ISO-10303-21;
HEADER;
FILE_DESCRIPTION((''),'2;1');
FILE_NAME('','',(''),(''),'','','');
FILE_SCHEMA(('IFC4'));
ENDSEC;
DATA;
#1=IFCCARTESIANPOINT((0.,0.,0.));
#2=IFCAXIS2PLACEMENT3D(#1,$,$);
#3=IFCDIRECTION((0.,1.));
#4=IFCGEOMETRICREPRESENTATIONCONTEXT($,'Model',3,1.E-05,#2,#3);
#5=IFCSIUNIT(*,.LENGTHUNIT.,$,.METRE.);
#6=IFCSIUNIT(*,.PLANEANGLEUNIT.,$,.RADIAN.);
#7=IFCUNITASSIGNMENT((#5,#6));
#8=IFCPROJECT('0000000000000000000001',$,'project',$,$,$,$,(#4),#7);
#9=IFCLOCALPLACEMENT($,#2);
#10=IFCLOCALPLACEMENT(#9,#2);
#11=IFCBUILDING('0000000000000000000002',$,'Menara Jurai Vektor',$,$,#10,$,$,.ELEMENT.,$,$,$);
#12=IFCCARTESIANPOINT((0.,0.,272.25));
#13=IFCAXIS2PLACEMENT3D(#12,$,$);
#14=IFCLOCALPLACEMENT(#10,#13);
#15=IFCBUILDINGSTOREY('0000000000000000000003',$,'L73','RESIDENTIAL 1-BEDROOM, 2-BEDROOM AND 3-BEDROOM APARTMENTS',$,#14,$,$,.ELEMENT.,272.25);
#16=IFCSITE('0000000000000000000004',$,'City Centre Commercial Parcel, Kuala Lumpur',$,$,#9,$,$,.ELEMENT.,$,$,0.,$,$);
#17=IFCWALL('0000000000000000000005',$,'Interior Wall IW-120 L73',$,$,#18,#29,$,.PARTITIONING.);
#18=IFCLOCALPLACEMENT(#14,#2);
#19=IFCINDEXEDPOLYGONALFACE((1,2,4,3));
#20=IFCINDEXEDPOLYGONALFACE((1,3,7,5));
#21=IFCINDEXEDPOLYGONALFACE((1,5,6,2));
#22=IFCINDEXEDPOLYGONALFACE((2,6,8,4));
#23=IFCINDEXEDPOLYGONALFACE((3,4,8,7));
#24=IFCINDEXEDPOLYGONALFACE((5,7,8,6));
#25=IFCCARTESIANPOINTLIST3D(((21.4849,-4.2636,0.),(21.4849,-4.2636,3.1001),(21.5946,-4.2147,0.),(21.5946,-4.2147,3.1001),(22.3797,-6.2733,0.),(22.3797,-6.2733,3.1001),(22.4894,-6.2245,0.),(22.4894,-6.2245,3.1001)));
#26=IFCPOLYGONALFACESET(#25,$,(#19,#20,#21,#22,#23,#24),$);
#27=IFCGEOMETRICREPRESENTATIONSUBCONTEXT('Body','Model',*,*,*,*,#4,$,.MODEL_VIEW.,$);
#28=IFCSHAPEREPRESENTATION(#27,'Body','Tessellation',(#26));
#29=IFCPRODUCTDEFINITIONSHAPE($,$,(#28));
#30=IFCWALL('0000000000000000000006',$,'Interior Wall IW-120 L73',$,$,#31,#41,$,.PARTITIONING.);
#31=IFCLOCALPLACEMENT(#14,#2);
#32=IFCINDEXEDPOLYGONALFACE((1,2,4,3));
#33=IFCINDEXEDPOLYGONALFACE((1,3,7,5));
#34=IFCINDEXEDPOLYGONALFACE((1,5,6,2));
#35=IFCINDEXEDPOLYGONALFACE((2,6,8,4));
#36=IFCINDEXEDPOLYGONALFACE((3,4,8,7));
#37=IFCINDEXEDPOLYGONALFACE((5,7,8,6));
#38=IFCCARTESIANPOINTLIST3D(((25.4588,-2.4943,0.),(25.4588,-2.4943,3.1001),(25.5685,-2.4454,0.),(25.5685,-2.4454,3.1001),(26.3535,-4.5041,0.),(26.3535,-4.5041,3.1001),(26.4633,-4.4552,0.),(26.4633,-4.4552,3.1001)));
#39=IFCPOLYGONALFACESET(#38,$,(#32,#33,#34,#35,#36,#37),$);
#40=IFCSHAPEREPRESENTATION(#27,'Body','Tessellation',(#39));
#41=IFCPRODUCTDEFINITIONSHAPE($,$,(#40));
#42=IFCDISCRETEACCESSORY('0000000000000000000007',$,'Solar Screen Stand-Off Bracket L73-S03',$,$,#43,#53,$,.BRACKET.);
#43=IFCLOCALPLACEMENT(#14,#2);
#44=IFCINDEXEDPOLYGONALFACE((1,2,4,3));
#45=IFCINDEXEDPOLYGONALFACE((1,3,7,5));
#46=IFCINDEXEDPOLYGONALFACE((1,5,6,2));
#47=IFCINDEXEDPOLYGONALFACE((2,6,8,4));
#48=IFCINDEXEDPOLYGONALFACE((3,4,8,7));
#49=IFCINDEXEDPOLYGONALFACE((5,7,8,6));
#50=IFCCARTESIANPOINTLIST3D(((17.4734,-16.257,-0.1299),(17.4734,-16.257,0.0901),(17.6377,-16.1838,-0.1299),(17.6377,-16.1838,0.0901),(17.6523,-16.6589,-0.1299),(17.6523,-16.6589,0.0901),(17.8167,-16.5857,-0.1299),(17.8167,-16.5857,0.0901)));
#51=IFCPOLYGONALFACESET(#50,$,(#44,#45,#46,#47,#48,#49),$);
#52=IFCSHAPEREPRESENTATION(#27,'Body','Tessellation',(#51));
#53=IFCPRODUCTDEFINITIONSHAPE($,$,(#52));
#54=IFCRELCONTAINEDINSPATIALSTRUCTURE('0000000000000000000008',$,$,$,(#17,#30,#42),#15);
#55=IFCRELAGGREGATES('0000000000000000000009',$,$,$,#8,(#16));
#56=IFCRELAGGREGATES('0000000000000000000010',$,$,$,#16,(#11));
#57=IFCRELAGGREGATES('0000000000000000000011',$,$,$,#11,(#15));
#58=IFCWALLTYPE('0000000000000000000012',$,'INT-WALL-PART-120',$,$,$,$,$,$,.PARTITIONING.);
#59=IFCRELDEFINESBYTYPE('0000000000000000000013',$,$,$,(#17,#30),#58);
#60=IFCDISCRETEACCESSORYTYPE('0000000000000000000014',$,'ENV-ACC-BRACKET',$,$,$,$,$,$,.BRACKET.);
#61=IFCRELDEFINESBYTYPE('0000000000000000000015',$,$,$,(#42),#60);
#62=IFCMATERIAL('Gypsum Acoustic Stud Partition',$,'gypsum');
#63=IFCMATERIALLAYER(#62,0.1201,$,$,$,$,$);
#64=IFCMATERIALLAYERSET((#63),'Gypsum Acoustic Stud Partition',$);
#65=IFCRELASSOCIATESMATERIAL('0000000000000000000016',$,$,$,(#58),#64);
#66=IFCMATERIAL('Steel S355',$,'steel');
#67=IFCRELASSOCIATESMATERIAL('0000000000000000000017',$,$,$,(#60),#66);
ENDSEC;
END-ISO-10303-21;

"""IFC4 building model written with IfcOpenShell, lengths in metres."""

from ifc_helpers import new_model, si_unit, direction, frame, frame_2d, origin, origin_2d, place, context, subcontext, project, spatial, rectangle, extrude, material, layer, layer_set, type_object, element, save


model = new_model("IFC4")

# Units and contexts
model_context = context("Model", 3, precision=1e-05, world=origin(), true_north=direction((0.0, 1.0)))
body_context = subcontext(model_context, "Body", "Model", "MODEL_VIEW")
ifc_project = project(units=[si_unit("LENGTHUNIT", "METRE"), si_unit("PLANEANGLEUNIT", "RADIAN")], contexts=[model_context])

# Site, building, storey
site_placement = place(None, origin())
site = spatial("IfcSite", under=ifc_project, at=site_placement, Name="City Centre Commercial Parcel, Kuala Lumpur", CompositionType="ELEMENT", RefElevation=0.0)
building_placement = place(site_placement, origin())
building = spatial("IfcBuilding", under=site, at=building_placement, Name="Menara Jurai Vektor", CompositionType="ELEMENT")
storey_placement = place(building_placement, frame((0.0, 0.0, 272.25)))
storey = spatial("IfcBuildingStorey", under=building, at=storey_placement, Name="L73", Description="RESIDENTIAL 1-BEDROOM, 2-BEDROOM AND 3-BEDROOM APARTMENTS", CompositionType="ELEMENT", Elevation=272.25)

# Shared definitions
ifc_material_1 = material(Name="Steel S355", Category="steel")

# Walls
ifc_material_2 = material(Name="Gypsum Acoustic Stud Partition", Category="gypsum")
ifc_layer_1 = layer(ifc_material_2, 0.1201)
ifc_layer_set_1 = layer_set([ifc_layer_1], Name="Gypsum Acoustic Stud Partition")
wall_type_1 = type_object("IfcWallType", Name="INT-WALL-PART-120", PredefinedType="PARTITIONING", material=ifc_layer_set_1)
for number, where, z_axis, x_axis, name in (
    (1, (22.4346, -6.249, 0.0), (0.0, 0.0, 1.0), (-0.406725, 0.913551, 0.0), "Interior Wall IW-120 L73"),
    (2, (26.4084, -4.4797, 0.0), (0.0, 0.0, 1.0), (-0.406725, 0.913551, 0.0), "Interior Wall IW-120 L73"),
):
    element("IfcWall", number, at=place(storey_placement, frame(where, z_axis=z_axis, x_axis=x_axis)), inside=storey, type_object=wall_type_1, Name=name, PredefinedType="PARTITIONING", context=body_context, shape_type="SweptSolid", body=[
        extrude(rectangle(XDim=2.2, YDim=0.1201, at=frame_2d((1.1001, 0.0))), origin(), (0.0, 0.0, 1.0), 3.1001),
    ])

# Discrete accessory
discrete_accessory_type = type_object("IfcDiscreteAccessoryType", Name="ENV-ACC-BRACKET", PredefinedType="BRACKET", material=ifc_material_1)
discrete_accessory_placement = place(storey_placement, frame((17.645, -16.4214, -0.1299), z_axis=(0.0, 0.0, 1.0), x_axis=(0.913545, 0.406737, 0.0)))
element("IfcDiscreteAccessory", 3, at=discrete_accessory_placement, inside=storey, type_object=discrete_accessory_type, Name="Solar Screen Stand-Off Bracket L73-S03", PredefinedType="BRACKET", context=body_context, shape_type="SweptSolid", body=[
    extrude(rectangle(XDim=0.1799, YDim=0.4399, at=origin_2d()), origin(), (0.0, 0.0, 1.0), 0.22),
])

save(model, "model.ifc")
